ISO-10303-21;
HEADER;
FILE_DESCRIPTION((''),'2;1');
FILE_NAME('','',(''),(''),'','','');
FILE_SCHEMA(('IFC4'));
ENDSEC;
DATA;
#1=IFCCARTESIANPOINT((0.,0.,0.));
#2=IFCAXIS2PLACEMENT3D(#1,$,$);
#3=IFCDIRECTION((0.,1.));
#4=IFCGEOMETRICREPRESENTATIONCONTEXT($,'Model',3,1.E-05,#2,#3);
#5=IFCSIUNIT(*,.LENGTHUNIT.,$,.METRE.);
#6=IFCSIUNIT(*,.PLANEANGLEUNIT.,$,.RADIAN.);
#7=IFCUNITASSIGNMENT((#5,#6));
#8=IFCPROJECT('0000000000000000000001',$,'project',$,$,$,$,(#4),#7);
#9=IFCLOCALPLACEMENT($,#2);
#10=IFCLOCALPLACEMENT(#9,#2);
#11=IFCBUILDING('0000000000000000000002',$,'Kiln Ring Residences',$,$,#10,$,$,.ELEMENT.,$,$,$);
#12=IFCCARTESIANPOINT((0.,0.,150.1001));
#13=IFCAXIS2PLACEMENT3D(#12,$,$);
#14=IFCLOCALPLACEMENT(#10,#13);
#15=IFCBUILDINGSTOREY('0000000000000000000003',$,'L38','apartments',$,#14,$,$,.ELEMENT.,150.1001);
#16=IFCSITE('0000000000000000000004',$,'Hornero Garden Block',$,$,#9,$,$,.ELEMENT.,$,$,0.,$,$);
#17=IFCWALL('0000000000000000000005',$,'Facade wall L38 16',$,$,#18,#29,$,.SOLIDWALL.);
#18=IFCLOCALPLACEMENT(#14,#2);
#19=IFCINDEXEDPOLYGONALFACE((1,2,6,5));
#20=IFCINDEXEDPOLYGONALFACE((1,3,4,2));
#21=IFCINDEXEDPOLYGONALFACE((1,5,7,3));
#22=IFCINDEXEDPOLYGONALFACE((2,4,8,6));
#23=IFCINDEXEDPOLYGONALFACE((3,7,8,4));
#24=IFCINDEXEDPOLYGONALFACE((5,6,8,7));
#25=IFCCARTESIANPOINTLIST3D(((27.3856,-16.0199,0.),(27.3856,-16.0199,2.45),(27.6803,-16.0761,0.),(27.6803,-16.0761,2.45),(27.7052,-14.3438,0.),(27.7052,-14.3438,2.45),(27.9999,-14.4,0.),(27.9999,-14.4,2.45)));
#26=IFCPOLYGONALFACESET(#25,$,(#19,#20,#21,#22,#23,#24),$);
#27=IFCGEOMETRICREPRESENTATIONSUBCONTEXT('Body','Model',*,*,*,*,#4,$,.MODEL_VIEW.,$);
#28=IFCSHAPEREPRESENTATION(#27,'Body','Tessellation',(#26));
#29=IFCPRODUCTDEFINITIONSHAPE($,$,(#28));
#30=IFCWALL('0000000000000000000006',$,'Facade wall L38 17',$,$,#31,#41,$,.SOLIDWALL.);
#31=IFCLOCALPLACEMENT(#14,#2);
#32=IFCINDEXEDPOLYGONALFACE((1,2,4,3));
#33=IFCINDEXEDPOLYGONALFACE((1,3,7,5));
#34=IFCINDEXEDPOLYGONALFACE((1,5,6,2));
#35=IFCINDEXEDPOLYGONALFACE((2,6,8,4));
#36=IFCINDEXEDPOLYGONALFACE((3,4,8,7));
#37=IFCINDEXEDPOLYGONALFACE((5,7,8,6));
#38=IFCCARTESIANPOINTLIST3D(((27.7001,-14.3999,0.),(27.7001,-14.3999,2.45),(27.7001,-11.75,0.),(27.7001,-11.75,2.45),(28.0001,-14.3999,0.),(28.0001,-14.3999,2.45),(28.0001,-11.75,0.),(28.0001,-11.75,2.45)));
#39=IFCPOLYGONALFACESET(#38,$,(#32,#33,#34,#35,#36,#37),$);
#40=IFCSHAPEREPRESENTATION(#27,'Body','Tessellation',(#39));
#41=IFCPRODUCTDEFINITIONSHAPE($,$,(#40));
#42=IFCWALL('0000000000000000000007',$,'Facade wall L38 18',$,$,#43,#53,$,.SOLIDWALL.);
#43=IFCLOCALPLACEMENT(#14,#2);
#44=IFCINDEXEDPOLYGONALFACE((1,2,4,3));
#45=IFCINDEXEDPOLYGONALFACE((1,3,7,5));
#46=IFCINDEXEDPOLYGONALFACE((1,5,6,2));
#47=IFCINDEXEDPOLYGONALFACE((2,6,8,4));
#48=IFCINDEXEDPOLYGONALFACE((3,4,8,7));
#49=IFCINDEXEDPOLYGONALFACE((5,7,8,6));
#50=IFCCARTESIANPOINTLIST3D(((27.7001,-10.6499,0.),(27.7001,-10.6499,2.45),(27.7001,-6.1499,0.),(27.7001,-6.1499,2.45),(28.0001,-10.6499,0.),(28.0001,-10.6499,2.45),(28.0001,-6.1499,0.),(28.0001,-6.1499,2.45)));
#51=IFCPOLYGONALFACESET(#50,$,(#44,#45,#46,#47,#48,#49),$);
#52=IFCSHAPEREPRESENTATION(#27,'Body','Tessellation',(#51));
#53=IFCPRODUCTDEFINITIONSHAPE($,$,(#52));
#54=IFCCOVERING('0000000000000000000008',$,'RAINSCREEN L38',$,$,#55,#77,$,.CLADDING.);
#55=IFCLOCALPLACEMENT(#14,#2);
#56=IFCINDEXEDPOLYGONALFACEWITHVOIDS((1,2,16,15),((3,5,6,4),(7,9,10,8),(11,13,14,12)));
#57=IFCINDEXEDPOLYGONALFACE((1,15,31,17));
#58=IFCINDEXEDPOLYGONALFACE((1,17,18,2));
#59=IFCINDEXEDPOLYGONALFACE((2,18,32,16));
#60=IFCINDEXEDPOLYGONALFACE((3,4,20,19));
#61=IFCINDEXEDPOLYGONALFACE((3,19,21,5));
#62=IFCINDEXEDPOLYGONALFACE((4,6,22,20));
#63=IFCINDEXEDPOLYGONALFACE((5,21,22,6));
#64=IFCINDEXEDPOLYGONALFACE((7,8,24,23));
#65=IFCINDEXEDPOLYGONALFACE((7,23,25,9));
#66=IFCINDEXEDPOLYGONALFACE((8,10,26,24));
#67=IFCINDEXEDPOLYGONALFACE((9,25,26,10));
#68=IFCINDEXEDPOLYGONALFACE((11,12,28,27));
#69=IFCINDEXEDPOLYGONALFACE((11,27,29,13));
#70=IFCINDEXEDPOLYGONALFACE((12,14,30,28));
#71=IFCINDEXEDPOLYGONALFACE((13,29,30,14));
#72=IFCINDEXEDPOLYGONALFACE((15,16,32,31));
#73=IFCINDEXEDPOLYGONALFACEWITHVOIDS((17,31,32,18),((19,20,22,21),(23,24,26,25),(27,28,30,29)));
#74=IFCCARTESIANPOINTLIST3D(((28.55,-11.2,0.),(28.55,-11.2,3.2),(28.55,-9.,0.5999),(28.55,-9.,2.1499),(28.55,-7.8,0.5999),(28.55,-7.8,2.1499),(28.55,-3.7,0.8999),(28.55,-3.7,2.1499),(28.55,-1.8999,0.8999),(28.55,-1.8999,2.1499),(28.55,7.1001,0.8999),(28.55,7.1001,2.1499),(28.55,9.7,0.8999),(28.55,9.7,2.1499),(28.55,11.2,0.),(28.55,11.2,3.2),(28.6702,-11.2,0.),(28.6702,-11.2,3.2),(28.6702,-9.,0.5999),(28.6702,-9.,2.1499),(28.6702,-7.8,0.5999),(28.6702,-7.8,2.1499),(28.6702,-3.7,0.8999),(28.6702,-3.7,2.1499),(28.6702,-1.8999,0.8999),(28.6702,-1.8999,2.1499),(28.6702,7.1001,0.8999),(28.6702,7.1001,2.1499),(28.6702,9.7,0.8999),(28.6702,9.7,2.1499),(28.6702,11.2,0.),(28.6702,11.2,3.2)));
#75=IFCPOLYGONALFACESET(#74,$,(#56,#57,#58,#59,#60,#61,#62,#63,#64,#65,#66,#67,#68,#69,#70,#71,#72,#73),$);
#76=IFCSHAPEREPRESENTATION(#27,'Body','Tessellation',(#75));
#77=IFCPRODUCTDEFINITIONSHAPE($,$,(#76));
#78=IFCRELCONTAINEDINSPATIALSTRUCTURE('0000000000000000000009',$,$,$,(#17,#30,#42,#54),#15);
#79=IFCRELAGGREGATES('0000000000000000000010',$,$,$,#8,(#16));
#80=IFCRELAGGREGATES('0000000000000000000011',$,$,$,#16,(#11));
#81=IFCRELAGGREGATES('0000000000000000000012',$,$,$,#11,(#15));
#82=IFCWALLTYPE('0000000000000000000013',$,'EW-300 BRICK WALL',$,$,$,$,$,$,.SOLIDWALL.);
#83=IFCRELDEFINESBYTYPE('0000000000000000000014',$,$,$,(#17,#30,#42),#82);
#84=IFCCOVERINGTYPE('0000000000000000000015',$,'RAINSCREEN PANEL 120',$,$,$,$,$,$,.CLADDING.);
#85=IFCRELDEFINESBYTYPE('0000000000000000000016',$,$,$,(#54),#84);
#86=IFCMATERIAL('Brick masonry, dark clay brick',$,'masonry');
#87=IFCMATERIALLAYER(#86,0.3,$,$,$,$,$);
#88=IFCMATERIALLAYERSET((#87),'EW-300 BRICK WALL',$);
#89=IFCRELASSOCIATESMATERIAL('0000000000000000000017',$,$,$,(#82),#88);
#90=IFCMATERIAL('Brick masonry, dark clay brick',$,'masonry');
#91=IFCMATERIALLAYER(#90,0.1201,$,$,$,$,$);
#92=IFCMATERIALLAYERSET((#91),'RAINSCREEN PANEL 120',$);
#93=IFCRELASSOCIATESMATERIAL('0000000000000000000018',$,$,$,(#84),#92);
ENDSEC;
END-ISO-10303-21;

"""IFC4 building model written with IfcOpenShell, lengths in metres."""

from ifc_helpers import new_model, si_unit, direction, frame, frame_2d, origin, place, context, subcontext, project, spatial, polyline, rectangle, outline, extrude, material, layer, layer_set, type_object, element, save


model = new_model("IFC4")

# Units and contexts
model_context = context("Model", 3, precision=1e-05, world=origin(), true_north=direction((0.0, 1.0)))
body_context = subcontext(model_context, "Body", "Model", "MODEL_VIEW")
ifc_project = project(units=[si_unit("LENGTHUNIT", "METRE"), si_unit("PLANEANGLEUNIT", "RADIAN")], contexts=[model_context])

# Site, building, storey
site_placement = place(None, origin())
site = spatial("IfcSite", under=ifc_project, at=site_placement, Name="Hornero Garden Block", CompositionType="ELEMENT", RefElevation=0.0)
building_placement = place(site_placement, origin())
building = spatial("IfcBuilding", under=site, at=building_placement, Name="Kiln Ring Residences", CompositionType="ELEMENT")
storey_placement = place(building_placement, frame((0.0, 0.0, 150.1001)))
storey = spatial("IfcBuildingStorey", under=building, at=storey_placement, Name="L38", Description="apartments", CompositionType="ELEMENT", Elevation=150.1001)

# Walls
ifc_material_1 = material(Name="Brick masonry, dark clay brick", Category="masonry")
ifc_layer_1 = layer(ifc_material_1, 0.3)
ifc_layer_set_1 = layer_set([ifc_layer_1], Name="EW-300 BRICK WALL")
wall_type_1 = type_object("IfcWallType", Name="EW-300 BRICK WALL", PredefinedType="SOLIDWALL", material=ifc_layer_set_1)
wall_1_placement = place(storey_placement, frame((27.533, -16.0479, 0.0), z_axis=(0.0, 0.0, 1.0), x_axis=(0.187303, 0.982302, 0.0)))
element("IfcWall", 1, at=wall_1_placement, inside=storey, type_object=wall_type_1, Name="Facade wall L38 16", PredefinedType="SOLIDWALL", context=body_context, shape_type="SweptSolid", body=[
    extrude(rectangle(XDim=1.7063, YDim=0.3, at=frame_2d((0.853, 0.0))), origin(), (0.0, 0.0, 1.0), 2.45),
])
wall_2_placement = place(storey_placement, frame((27.8501, -14.3999, 0.0), z_axis=(0.0, 0.0, 1.0), x_axis=(0.0, 1.0, 0.0)))
element("IfcWall", 2, at=wall_2_placement, inside=storey, type_object=wall_type_1, Name="Facade wall L38 17", PredefinedType="SOLIDWALL", context=body_context, shape_type="SweptSolid", body=[
    extrude(rectangle(XDim=2.6499, YDim=0.3, at=frame_2d((1.325, 0.0))), origin(), (0.0, 0.0, 1.0), 2.45),
])
wall_3_placement = place(storey_placement, frame((27.8501, -10.6499, 0.0), z_axis=(0.0, 0.0, 1.0), x_axis=(0.0, 1.0, 0.0)))
element("IfcWall", 3, at=wall_3_placement, inside=storey, type_object=wall_type_1, Name="Facade wall L38 18", PredefinedType="SOLIDWALL", context=body_context, shape_type="SweptSolid", body=[
    extrude(rectangle(XDim=4.5, YDim=0.3, at=frame_2d((2.25, 0.0))), origin(), (0.0, 0.0, 1.0), 2.45),
])

# Covering
ifc_material_2 = material(Name="Brick masonry, dark clay brick", Category="masonry")
ifc_layer_2 = layer(ifc_material_2, 0.1201)
ifc_layer_set_2 = layer_set([ifc_layer_2], Name="RAINSCREEN PANEL 120")
covering_type = type_object("IfcCoveringType", Name="RAINSCREEN PANEL 120", PredefinedType="CLADDING", material=ifc_layer_set_2)
covering_placement = place(storey_placement, frame((28.6101, -11.2, 0.0), z_axis=(0.0, 0.0, 1.0), x_axis=(0.0, 1.0, 0.0)))
element("IfcCovering", 4, at=covering_placement, inside=storey, type_object=covering_type, Name="RAINSCREEN L38", PredefinedType="CLADDING", context=body_context, shape_type="SweptSolid", body=[
    extrude(outline(polyline([(0.0, 0.0), (22.3999, 0.0), (22.3999, 3.2), (0.0, 3.2), (0.0, 0.0)]), holes=[polyline([(3.3999, 2.1499), (2.2, 2.1499), (2.2, 0.5999), (3.3999, 0.5999), (3.3999, 2.1499)]), polyline([(9.3, 0.8999), (9.3, 2.1499), (7.5, 2.1499), (7.5, 0.8999), (9.3, 0.8999)]), polyline([(20.8999, 0.8999), (20.8999, 2.1499), (18.3, 2.1499), (18.3, 0.8999), (20.8999, 0.8999)])]), frame((0.0, 0.0601, 0.0), z_axis=(0.0, -1.0, 0.0), x_axis=(1.0, 0.0, 0.0)), (0.0, 0.0, 1.0), 0.1201),
])

save(model, "model.ifc")
